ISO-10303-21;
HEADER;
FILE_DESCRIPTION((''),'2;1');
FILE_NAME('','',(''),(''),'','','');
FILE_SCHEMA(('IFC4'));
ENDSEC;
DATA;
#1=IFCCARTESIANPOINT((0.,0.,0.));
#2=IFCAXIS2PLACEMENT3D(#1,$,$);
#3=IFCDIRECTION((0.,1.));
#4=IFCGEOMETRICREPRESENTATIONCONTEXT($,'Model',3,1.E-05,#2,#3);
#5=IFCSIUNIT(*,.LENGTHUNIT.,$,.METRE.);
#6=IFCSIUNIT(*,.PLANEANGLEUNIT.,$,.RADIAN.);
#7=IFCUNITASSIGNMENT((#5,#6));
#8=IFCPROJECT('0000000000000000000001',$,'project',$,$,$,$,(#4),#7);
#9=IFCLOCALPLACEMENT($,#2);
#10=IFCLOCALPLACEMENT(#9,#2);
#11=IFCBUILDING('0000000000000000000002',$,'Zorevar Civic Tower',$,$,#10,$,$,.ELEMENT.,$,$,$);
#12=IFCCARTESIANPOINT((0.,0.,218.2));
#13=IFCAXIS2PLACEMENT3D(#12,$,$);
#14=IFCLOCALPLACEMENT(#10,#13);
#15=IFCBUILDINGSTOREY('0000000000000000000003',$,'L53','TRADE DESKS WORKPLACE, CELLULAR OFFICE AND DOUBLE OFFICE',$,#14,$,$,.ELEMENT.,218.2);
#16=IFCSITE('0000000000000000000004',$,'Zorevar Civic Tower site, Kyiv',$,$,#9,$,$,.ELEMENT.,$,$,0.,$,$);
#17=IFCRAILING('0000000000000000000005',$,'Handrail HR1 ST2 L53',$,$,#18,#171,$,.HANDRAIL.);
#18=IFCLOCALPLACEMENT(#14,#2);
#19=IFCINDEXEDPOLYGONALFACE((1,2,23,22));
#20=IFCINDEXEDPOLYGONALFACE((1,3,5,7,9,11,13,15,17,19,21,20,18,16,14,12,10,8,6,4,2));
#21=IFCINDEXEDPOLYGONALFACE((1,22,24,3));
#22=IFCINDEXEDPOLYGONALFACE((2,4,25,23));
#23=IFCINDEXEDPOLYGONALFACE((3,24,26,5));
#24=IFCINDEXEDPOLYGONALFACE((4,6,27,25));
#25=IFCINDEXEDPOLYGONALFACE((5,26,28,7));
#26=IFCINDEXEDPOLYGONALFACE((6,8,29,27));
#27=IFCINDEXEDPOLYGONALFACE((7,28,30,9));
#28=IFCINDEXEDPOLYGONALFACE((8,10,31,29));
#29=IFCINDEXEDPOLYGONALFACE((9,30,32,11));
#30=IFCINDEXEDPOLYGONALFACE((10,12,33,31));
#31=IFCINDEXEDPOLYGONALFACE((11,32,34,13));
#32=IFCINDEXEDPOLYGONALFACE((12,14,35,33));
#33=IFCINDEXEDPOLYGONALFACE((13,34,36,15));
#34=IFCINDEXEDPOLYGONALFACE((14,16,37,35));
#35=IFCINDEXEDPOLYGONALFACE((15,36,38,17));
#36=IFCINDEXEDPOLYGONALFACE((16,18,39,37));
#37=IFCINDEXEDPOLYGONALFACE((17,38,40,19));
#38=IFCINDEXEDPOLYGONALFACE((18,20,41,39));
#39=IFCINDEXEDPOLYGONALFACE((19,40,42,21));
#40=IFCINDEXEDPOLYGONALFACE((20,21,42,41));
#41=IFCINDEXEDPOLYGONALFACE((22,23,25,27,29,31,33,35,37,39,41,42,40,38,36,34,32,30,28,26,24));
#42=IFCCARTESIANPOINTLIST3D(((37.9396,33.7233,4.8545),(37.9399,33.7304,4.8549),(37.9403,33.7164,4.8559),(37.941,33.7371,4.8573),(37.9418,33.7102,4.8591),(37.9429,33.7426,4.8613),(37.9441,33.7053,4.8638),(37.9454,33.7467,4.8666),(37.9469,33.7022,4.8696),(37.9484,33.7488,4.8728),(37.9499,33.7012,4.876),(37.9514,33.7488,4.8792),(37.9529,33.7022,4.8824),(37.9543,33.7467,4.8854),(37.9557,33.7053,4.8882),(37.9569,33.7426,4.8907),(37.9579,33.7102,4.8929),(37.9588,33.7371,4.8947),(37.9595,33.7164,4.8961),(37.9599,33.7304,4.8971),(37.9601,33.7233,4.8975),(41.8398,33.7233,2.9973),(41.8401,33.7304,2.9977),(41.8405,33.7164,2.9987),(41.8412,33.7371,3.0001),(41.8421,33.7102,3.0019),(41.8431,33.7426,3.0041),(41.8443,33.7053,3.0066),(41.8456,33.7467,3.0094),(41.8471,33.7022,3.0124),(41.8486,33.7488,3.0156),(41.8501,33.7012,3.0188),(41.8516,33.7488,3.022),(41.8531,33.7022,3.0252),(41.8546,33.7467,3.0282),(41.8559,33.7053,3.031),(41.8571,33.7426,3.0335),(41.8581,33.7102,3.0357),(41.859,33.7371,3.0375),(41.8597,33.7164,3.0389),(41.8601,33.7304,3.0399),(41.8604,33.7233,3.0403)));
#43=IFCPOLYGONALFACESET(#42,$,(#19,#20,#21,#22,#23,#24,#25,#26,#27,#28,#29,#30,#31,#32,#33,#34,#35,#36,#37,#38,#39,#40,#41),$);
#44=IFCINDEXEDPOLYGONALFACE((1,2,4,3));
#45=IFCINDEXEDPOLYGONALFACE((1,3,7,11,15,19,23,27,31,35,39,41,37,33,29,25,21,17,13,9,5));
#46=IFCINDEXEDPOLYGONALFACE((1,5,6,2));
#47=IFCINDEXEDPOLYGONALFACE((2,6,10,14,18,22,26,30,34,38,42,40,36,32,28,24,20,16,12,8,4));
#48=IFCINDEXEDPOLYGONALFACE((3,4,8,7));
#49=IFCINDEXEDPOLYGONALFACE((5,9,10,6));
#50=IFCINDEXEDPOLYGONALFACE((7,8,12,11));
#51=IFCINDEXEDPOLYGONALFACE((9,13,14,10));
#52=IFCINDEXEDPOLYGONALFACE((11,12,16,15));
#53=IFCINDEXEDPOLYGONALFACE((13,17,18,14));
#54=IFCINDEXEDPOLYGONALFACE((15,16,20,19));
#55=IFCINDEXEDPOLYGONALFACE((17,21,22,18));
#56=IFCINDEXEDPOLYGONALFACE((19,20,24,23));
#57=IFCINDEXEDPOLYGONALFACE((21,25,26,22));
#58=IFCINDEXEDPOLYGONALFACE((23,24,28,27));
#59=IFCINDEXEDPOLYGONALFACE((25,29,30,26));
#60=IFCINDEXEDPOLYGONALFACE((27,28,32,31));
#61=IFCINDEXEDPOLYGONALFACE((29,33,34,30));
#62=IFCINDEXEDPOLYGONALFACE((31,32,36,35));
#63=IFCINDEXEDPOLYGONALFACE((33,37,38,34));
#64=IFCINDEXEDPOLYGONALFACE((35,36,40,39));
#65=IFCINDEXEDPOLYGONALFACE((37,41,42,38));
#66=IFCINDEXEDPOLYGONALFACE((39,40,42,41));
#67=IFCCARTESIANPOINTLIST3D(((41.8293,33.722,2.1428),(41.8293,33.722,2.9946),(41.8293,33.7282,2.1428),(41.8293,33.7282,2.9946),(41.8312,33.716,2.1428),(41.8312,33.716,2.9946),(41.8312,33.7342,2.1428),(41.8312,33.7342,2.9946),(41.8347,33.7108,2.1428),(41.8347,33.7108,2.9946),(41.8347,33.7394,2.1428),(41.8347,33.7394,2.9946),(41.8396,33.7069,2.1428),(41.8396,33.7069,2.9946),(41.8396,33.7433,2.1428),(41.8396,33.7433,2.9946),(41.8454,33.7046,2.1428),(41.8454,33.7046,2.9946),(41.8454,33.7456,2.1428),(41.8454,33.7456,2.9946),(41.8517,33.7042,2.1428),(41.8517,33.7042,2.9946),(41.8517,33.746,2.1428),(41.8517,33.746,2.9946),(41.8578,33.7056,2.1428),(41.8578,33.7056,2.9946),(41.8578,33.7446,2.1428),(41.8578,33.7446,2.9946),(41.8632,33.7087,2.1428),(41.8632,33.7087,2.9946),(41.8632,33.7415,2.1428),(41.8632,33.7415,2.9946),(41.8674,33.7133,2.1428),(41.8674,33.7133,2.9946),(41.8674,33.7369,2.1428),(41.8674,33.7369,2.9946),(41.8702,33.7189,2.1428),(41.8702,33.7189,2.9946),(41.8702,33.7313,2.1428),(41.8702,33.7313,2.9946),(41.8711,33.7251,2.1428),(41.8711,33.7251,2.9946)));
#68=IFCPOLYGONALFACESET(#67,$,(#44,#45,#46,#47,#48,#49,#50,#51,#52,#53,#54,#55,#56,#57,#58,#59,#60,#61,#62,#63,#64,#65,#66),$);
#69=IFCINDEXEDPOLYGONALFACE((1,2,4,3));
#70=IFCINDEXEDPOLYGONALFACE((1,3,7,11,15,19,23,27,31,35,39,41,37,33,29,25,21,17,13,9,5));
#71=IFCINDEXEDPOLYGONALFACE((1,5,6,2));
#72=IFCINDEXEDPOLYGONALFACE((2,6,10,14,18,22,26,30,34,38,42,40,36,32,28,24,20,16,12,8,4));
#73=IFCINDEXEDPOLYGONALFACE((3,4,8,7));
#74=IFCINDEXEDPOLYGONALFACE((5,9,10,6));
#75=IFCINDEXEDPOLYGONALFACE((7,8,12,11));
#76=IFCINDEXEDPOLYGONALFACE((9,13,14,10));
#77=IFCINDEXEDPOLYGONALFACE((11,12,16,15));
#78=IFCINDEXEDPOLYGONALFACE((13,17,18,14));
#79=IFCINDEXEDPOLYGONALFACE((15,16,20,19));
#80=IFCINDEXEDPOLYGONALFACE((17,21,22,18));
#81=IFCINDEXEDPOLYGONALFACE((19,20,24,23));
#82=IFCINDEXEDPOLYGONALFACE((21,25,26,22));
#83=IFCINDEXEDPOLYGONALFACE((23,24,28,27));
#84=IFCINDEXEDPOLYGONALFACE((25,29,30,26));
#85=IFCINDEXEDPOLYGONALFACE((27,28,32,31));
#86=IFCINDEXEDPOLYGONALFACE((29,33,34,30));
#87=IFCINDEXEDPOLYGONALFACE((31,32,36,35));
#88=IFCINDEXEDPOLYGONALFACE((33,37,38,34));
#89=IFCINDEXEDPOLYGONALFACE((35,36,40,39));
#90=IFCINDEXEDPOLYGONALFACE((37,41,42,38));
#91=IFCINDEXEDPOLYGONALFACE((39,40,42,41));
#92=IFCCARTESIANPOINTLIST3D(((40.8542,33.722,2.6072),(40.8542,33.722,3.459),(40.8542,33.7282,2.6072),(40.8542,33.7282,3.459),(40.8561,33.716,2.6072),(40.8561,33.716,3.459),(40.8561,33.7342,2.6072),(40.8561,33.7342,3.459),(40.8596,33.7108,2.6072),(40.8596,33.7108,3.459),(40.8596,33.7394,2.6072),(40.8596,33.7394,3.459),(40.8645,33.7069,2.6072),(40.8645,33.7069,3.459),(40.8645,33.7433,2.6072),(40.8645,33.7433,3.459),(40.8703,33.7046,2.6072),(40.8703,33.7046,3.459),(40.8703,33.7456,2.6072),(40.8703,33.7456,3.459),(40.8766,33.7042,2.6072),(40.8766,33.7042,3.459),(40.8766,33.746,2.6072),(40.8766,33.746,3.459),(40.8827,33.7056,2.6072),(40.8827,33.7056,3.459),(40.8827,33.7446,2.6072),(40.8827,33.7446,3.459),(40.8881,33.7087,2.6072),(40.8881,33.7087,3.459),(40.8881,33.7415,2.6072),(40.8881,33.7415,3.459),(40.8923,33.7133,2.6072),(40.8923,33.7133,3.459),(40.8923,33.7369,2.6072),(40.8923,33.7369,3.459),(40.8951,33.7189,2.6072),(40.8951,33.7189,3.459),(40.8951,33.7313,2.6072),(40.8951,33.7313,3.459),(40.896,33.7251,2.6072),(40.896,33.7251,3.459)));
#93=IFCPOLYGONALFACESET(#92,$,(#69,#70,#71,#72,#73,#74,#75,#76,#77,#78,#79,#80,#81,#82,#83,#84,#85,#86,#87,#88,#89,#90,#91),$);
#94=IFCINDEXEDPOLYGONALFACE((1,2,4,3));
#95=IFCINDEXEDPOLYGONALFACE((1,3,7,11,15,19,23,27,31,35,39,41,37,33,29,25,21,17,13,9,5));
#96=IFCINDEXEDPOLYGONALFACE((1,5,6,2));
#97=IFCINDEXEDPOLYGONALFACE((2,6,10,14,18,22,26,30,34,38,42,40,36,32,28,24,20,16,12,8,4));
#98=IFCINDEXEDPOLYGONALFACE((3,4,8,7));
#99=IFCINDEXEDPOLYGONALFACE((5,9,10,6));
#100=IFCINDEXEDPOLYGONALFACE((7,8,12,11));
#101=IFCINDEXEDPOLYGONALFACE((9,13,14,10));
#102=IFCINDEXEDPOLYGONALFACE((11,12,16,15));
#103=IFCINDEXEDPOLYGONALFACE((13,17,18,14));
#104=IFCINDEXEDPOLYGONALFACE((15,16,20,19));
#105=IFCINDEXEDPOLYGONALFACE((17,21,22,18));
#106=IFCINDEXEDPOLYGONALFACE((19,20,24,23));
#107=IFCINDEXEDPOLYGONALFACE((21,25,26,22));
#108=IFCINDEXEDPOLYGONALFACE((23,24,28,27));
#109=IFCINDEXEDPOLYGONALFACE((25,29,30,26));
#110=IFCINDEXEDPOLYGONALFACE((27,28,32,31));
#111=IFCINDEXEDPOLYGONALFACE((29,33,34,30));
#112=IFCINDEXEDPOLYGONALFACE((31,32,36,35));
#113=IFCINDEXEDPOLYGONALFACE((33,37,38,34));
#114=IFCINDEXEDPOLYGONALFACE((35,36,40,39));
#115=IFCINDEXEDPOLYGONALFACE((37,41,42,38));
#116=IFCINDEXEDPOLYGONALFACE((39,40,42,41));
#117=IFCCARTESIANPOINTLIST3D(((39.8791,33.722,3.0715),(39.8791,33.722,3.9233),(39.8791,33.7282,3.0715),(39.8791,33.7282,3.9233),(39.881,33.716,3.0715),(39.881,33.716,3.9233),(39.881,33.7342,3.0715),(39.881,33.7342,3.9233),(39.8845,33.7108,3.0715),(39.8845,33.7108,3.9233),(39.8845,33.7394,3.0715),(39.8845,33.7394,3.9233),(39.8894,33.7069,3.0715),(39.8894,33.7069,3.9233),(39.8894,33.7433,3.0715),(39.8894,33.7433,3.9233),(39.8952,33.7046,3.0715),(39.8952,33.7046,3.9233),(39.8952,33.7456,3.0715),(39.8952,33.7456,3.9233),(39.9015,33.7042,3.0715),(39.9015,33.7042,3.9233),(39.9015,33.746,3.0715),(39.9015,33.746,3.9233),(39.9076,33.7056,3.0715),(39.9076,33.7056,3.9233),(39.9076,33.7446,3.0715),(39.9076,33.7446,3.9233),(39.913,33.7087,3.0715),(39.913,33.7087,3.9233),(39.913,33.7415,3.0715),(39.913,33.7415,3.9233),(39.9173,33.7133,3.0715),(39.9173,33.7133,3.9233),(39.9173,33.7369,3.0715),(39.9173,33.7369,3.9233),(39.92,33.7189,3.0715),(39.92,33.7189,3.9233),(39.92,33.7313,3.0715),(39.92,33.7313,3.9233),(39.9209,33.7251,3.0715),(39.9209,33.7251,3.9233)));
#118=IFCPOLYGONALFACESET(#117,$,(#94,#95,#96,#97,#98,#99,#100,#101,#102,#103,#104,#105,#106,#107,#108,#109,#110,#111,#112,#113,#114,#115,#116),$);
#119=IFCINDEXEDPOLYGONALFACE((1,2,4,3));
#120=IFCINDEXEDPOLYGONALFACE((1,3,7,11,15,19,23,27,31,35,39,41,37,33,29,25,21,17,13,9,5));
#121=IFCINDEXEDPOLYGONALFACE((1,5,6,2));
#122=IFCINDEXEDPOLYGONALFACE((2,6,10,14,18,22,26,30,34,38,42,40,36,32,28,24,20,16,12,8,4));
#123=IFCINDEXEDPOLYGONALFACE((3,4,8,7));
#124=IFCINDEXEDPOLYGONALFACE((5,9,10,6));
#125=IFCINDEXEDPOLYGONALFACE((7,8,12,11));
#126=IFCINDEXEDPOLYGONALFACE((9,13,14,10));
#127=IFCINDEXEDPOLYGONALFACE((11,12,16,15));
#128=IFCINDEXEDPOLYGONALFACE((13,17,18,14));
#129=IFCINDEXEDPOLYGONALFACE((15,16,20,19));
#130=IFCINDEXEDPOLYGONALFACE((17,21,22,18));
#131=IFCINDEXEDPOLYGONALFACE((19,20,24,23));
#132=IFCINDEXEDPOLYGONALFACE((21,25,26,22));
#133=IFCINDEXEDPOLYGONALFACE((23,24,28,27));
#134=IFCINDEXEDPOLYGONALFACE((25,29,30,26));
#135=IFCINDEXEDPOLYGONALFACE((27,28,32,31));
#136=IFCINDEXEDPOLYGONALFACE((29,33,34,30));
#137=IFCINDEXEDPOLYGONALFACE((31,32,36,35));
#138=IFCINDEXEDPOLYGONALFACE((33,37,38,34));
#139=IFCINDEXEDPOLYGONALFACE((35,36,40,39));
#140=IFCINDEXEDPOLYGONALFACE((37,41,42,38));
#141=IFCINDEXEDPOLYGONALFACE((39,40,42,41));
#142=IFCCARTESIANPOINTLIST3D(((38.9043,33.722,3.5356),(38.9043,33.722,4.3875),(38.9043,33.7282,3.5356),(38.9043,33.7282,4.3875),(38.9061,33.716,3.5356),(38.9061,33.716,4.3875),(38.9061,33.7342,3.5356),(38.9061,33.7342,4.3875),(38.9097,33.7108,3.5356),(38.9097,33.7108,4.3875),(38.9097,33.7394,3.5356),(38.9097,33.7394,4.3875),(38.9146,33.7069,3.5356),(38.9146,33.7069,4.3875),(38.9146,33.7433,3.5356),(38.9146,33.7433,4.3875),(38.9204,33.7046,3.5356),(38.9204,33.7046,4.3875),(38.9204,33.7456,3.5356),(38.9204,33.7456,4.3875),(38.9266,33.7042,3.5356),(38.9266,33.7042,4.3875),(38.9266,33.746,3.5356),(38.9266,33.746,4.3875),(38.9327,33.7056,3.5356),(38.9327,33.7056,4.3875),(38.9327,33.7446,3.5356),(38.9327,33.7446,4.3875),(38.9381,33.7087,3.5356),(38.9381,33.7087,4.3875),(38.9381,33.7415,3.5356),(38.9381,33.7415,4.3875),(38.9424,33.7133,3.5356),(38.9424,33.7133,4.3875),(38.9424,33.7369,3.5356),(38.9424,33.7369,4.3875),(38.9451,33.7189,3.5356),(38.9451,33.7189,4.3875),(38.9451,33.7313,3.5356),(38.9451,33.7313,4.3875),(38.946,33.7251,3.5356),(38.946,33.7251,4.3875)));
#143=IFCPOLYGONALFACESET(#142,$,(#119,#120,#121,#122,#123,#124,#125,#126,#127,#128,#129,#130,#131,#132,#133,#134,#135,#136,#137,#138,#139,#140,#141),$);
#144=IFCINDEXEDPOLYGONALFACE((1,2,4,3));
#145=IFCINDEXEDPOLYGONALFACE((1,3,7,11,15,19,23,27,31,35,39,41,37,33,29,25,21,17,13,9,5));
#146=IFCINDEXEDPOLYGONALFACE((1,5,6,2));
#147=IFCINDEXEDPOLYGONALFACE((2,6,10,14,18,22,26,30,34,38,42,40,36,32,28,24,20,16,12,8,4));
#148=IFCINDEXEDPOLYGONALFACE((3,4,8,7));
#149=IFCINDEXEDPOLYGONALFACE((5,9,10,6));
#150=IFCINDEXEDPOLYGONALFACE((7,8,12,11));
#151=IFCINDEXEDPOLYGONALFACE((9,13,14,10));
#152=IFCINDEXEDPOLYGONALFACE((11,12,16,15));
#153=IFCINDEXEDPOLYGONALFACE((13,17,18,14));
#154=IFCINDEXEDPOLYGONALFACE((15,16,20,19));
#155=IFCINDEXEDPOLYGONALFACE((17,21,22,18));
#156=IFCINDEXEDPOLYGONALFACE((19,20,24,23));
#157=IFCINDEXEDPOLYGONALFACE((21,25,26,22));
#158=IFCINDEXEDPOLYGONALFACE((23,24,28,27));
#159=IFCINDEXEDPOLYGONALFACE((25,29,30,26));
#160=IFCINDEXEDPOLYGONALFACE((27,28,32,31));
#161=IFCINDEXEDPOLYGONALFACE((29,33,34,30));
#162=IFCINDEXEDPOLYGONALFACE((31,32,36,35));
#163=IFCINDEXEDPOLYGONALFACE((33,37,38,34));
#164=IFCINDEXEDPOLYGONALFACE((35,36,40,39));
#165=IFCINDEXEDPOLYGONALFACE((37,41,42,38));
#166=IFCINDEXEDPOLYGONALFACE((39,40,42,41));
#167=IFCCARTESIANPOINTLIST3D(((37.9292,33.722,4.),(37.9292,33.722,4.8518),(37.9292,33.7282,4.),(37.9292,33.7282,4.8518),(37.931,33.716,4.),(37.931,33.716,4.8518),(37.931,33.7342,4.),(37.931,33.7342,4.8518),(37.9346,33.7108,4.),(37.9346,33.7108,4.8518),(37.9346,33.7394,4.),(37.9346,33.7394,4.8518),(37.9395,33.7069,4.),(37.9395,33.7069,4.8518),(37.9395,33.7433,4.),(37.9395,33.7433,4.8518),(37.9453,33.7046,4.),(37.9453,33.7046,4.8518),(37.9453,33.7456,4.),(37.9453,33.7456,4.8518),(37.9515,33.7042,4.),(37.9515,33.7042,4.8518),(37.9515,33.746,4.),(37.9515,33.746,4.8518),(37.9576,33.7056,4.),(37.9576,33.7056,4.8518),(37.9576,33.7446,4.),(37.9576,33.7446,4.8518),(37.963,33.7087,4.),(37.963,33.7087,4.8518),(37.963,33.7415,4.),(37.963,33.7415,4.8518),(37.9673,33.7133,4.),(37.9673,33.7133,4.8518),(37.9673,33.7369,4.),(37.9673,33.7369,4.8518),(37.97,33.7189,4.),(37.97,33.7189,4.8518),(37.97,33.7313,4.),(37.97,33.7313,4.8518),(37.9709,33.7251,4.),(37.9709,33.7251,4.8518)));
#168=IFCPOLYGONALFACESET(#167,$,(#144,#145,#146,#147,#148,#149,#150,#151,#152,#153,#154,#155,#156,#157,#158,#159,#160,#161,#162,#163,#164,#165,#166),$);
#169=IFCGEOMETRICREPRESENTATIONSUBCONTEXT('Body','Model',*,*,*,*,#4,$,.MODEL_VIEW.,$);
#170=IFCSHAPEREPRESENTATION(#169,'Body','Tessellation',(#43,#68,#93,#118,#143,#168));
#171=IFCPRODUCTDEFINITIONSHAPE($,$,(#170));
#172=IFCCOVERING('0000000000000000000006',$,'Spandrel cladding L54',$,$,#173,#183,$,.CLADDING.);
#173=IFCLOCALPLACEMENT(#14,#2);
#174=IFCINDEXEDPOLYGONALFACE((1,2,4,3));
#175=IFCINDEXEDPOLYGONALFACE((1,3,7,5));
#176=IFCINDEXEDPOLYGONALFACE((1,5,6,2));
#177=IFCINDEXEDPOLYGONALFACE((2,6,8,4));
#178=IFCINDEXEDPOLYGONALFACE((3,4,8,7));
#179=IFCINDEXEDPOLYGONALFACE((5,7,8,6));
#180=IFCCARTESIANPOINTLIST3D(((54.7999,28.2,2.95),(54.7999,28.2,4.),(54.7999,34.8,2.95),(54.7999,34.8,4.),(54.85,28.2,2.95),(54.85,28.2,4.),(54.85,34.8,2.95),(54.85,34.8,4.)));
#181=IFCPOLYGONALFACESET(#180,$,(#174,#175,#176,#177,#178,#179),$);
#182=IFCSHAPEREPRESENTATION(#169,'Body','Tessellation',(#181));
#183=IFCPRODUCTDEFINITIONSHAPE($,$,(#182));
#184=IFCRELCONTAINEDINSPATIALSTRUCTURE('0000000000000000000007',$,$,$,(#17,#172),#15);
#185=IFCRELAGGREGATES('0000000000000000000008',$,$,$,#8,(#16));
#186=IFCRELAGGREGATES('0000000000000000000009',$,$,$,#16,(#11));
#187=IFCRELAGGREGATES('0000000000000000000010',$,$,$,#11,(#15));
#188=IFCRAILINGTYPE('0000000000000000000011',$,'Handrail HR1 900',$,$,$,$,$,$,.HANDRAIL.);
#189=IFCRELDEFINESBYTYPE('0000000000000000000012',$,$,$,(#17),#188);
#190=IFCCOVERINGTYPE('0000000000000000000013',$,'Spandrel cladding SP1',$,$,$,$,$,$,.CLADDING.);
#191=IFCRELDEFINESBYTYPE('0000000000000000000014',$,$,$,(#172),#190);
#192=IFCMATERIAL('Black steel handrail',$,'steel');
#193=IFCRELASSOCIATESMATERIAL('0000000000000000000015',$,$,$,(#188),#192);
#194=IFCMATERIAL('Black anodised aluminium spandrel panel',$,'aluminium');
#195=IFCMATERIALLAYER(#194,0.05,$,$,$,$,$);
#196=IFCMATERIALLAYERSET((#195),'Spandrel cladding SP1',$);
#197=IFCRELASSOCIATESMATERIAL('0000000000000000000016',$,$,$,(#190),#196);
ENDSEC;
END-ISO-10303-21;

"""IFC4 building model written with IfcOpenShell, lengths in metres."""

from ifc_helpers import new_model, si_unit, direction, frame, frame_2d, origin, origin_2d, place, context, subcontext, project, spatial, rectangle, circle, extrude, material, layer, layer_set, type_object, element, save


model = new_model("IFC4")

# Units and contexts
model_context = context("Model", 3, precision=1e-05, world=origin(), true_north=direction((0.0, 1.0)))
body_context = subcontext(model_context, "Body", "Model", "MODEL_VIEW")
ifc_project = project(units=[si_unit("LENGTHUNIT", "METRE"), si_unit("PLANEANGLEUNIT", "RADIAN")], contexts=[model_context])

# Site, building, storey
site_placement = place(None, origin())
site = spatial("IfcSite", under=ifc_project, at=site_placement, Name="Zorevar Civic Tower site, Kyiv", CompositionType="ELEMENT", RefElevation=0.0)
building_placement = place(site_placement, origin())
building = spatial("IfcBuilding", under=site, at=building_placement, Name="Zorevar Civic Tower", CompositionType="ELEMENT")
storey_placement = place(building_placement, frame((0.0, 0.0, 218.2)))
storey = spatial("IfcBuildingStorey", under=building, at=storey_placement, Name="L53", Description="TRADE DESKS WORKPLACE, CELLULAR OFFICE AND DOUBLE OFFICE", CompositionType="ELEMENT", Elevation=218.2)

# Railing
ifc_material_1 = material(Name="Black steel handrail", Category="steel")
railing_type = type_object("IfcRailingType", Name="Handrail HR1 900", PredefinedType="HANDRAIL", material=ifc_material_1)
railing_placement = place(storey_placement, frame((41.8501, 33.7251, 2.1428)))
element("IfcRailing", 1, at=railing_placement, inside=storey, type_object=railing_type, Name="Handrail HR1 ST2 L53", PredefinedType="HANDRAIL", context=body_context, shape_type="SweptSolid", body=[
    extrude(circle(Radius=0.0239, at=origin_2d()), frame((0.0, 0.0, 0.876), z_axis=(-0.902864, 0.0, 0.429927), x_axis=(0.0, -1.0, 0.0)), (0.0, 0.0, 1.0), 4.3198),
    extrude(circle(Radius=0.021, at=origin_2d()), origin(), (0.0, 0.0, 1.0), 0.8518),
    extrude(circle(Radius=0.021, at=origin_2d()), frame((-0.9751, 0.0, 0.4644)), (0.0, 0.0, 1.0), 0.8518),
    extrude(circle(Radius=0.021, at=origin_2d()), frame((-1.9502, 0.0, 0.9287)), (0.0, 0.0, 1.0), 0.8518),
    extrude(circle(Radius=0.021, at=origin_2d()), frame((-2.925, 0.0, 1.3928)), (0.0, 0.0, 1.0), 0.8518),
    extrude(circle(Radius=0.021, at=origin_2d()), frame((-3.9001, 0.0, 1.8572)), (0.0, 0.0, 1.0), 0.8518),
])

# Covering
ifc_material_2 = material(Name="Black anodised aluminium spandrel panel", Category="aluminium")
ifc_layer_1 = layer(ifc_material_2, 0.05)
ifc_layer_set_1 = layer_set([ifc_layer_1], Name="Spandrel cladding SP1")
covering_type = type_object("IfcCoveringType", Name="Spandrel cladding SP1", PredefinedType="CLADDING", material=ifc_layer_set_1)
covering_placement = place(storey_placement, frame((54.825, 28.2, 2.95), z_axis=(0.0, 0.0, 1.0), x_axis=(0.0, 1.0, 0.0)))
element("IfcCovering", 2, at=covering_placement, inside=storey, type_object=covering_type, Name="Spandrel cladding L54", PredefinedType="CLADDING", context=body_context, shape_type="SweptSolid", body=[
    extrude(rectangle(XDim=6.6001, YDim=0.05, at=frame_2d((3.3, 0.0))), origin(), (0.0, 0.0, 1.0), 1.05),
])

save(model, "model.ifc")
